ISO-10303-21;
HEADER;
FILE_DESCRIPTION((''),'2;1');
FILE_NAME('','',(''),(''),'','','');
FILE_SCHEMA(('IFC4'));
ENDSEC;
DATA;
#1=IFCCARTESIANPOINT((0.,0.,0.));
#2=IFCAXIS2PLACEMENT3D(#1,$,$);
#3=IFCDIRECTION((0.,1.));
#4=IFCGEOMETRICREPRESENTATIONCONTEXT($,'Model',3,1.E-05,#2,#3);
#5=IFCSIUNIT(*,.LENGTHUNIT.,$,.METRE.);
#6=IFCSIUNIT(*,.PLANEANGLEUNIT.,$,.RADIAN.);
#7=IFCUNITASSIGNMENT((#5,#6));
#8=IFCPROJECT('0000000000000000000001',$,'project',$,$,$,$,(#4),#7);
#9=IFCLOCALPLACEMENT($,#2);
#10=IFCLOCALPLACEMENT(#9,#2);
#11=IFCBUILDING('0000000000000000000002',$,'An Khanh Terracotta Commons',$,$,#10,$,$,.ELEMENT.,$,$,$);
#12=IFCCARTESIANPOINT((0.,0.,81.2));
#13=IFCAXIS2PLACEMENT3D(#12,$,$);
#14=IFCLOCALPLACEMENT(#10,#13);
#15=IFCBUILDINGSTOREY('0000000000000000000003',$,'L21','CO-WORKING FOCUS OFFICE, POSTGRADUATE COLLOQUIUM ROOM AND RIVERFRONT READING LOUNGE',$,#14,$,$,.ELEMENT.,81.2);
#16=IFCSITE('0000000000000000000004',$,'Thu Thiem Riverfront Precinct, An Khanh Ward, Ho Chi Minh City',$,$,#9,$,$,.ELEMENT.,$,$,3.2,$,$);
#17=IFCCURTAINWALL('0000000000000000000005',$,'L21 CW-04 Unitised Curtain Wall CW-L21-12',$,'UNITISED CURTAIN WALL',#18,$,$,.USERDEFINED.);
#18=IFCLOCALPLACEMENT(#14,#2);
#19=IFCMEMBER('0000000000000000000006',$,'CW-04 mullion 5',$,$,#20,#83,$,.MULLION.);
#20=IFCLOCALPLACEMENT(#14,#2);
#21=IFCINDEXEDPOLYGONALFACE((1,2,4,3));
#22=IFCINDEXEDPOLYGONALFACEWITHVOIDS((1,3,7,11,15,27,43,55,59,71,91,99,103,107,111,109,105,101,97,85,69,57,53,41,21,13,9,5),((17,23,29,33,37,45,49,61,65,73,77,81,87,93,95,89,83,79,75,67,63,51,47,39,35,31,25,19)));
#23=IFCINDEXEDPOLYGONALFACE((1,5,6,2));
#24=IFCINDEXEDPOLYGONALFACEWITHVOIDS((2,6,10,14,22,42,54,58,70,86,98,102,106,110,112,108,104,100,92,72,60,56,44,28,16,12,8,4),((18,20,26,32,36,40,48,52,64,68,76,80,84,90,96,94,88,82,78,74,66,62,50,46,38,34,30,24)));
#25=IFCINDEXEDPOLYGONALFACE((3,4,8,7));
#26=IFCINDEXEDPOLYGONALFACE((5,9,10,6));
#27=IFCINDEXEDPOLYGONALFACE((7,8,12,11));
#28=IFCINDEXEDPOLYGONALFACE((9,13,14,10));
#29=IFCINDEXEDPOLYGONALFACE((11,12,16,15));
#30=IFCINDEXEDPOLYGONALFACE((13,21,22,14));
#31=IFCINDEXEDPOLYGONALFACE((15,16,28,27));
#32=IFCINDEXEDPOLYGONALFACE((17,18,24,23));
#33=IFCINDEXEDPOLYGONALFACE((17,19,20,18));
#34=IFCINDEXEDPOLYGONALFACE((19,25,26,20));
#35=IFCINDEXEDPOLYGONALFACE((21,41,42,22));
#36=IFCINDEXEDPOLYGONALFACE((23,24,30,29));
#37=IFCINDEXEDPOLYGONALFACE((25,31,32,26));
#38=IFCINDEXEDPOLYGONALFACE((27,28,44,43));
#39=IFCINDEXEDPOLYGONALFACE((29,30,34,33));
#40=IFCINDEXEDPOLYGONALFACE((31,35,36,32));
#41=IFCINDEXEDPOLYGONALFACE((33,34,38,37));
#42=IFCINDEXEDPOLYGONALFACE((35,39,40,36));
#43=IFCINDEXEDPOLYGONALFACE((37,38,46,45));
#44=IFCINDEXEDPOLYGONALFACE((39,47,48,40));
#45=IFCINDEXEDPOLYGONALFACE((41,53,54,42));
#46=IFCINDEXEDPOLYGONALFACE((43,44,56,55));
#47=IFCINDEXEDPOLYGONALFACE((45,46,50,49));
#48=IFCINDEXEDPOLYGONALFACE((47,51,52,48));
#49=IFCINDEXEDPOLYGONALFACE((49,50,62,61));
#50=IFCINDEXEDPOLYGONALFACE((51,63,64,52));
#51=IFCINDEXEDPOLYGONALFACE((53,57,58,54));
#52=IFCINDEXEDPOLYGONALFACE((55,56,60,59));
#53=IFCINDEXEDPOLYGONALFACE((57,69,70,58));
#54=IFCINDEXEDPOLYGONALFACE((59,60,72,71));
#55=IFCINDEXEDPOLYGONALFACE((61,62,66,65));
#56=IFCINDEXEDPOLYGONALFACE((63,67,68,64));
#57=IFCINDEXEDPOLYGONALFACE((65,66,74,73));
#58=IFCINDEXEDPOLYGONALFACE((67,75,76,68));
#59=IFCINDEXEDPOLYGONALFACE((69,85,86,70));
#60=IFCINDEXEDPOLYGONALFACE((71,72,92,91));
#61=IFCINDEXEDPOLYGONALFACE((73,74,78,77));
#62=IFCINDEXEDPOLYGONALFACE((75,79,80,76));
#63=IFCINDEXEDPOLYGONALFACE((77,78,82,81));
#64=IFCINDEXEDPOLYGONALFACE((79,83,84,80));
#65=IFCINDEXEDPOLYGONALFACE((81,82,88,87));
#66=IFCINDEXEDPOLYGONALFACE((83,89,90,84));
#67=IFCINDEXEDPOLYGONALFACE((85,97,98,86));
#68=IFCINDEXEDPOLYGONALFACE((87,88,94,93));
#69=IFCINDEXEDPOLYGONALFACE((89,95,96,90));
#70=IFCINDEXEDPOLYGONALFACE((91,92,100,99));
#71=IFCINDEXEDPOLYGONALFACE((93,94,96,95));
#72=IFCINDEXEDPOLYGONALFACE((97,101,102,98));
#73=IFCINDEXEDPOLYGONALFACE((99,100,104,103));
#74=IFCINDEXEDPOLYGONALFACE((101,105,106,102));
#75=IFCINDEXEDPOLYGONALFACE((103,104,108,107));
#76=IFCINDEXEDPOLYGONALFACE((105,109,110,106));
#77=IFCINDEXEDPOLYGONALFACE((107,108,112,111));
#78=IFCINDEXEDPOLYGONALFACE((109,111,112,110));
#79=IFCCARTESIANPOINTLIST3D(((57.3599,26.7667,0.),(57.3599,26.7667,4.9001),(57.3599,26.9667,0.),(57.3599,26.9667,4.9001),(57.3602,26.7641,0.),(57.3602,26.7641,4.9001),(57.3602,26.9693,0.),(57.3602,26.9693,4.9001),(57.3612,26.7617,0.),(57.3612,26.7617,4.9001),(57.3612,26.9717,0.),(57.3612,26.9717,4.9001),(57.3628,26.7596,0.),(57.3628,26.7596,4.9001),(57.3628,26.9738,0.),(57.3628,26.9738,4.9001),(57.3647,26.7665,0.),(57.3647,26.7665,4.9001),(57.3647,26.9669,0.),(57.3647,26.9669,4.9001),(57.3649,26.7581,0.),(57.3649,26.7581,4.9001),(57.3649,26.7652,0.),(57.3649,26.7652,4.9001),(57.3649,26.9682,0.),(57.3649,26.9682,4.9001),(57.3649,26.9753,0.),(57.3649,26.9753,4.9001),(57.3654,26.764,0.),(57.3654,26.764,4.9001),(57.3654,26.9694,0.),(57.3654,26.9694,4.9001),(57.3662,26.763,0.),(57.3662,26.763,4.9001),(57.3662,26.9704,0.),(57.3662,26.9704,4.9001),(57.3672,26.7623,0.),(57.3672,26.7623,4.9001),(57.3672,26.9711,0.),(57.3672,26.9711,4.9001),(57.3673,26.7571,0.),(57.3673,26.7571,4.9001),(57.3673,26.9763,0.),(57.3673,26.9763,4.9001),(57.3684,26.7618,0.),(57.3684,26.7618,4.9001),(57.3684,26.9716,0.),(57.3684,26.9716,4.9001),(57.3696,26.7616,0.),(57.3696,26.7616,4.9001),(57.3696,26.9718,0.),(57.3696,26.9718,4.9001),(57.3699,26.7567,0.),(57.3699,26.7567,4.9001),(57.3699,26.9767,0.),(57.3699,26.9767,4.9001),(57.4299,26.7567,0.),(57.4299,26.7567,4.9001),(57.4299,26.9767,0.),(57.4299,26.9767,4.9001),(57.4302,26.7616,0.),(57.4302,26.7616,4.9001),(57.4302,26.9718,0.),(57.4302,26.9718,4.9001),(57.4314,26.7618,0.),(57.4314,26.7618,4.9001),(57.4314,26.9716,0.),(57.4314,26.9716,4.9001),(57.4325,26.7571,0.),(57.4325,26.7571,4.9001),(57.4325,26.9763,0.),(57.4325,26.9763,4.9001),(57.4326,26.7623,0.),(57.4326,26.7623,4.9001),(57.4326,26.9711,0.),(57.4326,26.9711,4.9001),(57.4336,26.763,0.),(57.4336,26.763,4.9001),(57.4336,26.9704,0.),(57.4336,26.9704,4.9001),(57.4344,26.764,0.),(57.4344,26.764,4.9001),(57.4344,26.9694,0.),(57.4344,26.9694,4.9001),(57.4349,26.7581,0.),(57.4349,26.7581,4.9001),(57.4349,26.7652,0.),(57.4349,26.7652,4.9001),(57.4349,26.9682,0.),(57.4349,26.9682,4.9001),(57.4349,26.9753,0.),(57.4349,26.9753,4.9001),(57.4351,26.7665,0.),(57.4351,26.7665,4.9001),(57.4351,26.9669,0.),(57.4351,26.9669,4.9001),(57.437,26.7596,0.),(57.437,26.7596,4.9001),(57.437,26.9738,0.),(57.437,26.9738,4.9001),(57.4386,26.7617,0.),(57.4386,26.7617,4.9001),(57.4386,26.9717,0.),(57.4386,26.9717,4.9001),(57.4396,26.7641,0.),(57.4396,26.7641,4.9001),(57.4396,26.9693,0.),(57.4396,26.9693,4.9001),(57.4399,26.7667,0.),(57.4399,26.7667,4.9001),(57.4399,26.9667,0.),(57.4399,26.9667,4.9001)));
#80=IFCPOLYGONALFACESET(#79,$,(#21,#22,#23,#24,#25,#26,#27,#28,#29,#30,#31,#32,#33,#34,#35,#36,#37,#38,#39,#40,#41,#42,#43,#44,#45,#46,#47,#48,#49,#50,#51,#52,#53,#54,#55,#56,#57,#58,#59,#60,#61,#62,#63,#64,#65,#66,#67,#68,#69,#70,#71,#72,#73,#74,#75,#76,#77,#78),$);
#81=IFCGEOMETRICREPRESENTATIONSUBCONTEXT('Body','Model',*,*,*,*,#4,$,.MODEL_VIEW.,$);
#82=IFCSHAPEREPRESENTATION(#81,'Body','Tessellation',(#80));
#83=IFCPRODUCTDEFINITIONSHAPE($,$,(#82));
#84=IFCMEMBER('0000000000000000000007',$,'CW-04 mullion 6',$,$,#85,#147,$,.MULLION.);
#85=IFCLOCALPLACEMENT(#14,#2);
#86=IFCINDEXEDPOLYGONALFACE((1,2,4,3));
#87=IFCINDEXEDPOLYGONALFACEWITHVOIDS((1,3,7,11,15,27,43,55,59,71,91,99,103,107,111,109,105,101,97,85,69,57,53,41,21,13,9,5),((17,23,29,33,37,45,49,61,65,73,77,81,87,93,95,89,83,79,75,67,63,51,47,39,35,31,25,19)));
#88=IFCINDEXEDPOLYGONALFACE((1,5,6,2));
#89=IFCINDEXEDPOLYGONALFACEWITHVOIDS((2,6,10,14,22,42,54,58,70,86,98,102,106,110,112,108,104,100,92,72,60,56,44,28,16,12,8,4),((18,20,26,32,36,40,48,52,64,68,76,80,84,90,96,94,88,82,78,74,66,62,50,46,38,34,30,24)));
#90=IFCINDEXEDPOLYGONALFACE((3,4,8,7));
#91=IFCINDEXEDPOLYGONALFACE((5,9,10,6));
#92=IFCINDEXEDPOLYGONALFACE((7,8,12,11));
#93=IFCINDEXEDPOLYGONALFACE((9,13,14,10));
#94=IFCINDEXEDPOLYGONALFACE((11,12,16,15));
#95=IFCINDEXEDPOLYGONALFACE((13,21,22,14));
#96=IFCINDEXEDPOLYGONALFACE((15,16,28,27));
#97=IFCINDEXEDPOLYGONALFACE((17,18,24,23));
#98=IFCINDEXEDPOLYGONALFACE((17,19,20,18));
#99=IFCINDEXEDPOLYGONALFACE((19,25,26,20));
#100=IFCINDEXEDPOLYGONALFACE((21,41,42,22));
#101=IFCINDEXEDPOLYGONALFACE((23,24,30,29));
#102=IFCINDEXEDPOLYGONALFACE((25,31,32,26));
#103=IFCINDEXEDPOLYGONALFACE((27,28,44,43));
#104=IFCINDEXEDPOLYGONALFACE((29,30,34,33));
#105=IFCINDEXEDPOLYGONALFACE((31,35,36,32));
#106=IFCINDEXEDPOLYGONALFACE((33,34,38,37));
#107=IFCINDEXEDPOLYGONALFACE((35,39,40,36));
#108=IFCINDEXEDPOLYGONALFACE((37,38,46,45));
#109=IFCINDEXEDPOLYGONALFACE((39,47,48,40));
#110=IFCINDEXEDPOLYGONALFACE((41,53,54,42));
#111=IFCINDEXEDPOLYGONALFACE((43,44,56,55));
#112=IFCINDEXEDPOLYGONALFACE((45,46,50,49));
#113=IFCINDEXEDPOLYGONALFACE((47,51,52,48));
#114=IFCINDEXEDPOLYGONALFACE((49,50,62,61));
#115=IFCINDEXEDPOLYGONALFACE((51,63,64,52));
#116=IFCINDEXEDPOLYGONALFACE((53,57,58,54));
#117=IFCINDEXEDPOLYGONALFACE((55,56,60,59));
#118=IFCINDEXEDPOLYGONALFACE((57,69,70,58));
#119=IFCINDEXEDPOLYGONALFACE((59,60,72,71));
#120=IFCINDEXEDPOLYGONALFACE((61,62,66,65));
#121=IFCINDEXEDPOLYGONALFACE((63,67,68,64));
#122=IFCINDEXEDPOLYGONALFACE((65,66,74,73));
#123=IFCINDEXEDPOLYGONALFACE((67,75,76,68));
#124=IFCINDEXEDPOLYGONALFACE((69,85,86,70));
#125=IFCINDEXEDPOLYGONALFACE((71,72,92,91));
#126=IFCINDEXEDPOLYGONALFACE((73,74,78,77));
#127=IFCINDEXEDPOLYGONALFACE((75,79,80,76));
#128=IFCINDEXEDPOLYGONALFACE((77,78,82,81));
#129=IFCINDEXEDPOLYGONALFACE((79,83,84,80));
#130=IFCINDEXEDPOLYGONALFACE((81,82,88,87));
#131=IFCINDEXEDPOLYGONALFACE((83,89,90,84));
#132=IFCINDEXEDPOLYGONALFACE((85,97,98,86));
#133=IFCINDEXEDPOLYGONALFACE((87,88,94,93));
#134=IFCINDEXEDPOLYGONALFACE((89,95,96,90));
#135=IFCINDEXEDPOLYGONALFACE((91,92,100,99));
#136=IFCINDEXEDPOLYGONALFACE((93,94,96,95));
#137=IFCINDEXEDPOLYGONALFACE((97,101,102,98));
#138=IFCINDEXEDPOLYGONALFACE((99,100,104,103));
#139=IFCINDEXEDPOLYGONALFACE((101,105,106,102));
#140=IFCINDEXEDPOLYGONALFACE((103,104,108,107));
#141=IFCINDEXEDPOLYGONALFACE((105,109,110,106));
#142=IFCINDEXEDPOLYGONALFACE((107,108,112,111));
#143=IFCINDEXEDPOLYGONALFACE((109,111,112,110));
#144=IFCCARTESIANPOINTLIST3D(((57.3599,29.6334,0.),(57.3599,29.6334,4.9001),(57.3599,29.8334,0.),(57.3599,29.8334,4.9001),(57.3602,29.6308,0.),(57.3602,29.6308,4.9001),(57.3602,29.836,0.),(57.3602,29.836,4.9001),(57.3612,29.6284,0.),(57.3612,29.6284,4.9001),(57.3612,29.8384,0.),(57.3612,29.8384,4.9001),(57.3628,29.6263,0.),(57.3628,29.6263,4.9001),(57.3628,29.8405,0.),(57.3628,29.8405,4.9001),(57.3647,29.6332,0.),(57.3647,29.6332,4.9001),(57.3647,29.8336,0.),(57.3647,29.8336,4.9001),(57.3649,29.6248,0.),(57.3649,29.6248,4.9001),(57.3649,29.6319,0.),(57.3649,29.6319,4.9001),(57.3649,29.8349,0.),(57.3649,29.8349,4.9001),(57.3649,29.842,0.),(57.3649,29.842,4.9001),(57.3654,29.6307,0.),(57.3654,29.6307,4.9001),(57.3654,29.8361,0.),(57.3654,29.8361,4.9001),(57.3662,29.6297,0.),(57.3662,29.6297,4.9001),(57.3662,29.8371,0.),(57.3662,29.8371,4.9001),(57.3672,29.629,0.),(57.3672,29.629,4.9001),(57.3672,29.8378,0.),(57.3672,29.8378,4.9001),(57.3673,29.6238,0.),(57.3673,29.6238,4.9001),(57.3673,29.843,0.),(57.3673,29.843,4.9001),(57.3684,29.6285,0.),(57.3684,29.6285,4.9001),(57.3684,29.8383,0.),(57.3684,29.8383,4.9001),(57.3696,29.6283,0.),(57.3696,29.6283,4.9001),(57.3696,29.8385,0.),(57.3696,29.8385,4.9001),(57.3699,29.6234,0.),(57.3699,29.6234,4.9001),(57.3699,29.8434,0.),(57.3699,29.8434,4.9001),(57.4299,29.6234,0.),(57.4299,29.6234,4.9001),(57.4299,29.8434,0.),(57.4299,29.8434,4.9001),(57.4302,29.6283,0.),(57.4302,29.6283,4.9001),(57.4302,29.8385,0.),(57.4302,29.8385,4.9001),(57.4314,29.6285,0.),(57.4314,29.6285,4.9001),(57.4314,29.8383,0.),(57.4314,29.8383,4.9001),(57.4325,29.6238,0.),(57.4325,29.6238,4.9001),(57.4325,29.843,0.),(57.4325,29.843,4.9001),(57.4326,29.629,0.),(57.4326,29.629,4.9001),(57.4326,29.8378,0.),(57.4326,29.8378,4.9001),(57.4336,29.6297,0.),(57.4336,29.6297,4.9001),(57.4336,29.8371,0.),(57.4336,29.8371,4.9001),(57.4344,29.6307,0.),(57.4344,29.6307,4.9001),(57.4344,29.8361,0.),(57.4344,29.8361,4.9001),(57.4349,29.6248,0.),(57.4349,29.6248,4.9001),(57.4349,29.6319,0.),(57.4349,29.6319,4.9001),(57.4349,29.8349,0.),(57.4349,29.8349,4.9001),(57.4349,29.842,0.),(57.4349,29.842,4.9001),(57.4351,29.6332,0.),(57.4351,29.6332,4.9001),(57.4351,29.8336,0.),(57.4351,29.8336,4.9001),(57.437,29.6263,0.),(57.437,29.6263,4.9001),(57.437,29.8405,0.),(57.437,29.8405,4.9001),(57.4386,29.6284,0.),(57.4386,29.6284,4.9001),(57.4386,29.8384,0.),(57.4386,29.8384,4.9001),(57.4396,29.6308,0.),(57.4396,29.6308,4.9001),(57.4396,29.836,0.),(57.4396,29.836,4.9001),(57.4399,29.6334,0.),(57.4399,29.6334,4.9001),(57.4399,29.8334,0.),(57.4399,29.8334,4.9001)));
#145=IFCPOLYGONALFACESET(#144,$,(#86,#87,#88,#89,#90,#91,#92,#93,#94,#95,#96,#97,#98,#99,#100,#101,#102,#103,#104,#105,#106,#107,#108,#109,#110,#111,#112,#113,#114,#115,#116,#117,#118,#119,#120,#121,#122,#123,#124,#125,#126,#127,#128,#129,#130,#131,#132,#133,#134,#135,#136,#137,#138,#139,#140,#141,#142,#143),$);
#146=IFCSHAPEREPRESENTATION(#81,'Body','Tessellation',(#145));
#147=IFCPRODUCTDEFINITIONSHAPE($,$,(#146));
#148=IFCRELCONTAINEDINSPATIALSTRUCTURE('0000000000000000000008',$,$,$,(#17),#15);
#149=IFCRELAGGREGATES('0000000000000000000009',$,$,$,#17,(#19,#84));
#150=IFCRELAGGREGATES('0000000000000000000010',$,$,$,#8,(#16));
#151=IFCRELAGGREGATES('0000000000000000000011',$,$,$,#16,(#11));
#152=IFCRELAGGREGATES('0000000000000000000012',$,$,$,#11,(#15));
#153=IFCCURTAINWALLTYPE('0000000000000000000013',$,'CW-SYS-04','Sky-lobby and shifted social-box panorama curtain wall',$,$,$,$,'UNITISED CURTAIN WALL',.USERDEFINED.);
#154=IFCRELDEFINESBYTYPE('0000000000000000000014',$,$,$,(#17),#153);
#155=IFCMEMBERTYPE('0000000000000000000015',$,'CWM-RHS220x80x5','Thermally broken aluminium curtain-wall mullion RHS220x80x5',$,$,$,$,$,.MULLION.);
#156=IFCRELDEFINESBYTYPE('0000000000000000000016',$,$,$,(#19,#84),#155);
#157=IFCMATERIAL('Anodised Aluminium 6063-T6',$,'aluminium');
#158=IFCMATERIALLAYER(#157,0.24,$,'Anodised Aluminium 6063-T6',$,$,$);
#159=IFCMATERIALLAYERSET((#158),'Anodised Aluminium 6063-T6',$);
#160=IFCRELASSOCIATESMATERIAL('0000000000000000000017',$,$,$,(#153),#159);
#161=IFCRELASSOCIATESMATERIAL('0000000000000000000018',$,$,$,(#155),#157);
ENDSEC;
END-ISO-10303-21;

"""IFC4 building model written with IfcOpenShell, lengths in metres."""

from ifc_helpers import new_model, si_unit, direction, frame, origin, origin_2d, place, context, subcontext, project, spatial, hollow_rectangle, extrude, material, layer, layer_set, material_profile, profile_set, type_object, element, aggregate, save


model = new_model("IFC4")

# Units and contexts
model_context = context("Model", 3, precision=1e-05, world=origin(), true_north=direction((0.0, 1.0)))
body_context = subcontext(model_context, "Body", "Model", "MODEL_VIEW")
ifc_project = project(units=[si_unit("LENGTHUNIT", "METRE"), si_unit("PLANEANGLEUNIT", "RADIAN")], contexts=[model_context])

# Site, building, storey
site_placement = place(None, origin())
site = spatial("IfcSite", under=ifc_project, at=site_placement, Name="Thu Thiem Riverfront Precinct, An Khanh Ward, Ho Chi Minh City", CompositionType="ELEMENT", RefElevation=3.2)
building_placement = place(site_placement, origin())
building = spatial("IfcBuilding", under=site, at=building_placement, Name="An Khanh Terracotta Commons", CompositionType="ELEMENT")
storey_placement = place(building_placement, frame((0.0, 0.0, 81.2)))
storey = spatial("IfcBuildingStorey", under=building, at=storey_placement, Name="L21", Description="CO-WORKING FOCUS OFFICE, POSTGRADUATE COLLOQUIUM ROOM AND RIVERFRONT READING LOUNGE", CompositionType="ELEMENT", Elevation=81.2)

# Curtain wall, members
ifc_material_1 = material(Name="Anodised Aluminium 6063-T6", Category="aluminium")
ifc_layer_1 = layer(ifc_material_1, 0.24, Name="Anodised Aluminium 6063-T6")
ifc_layer_set_1 = layer_set([ifc_layer_1], Name="Anodised Aluminium 6063-T6")
curtain_wall_type = type_object("IfcCurtainWallType", Name="CW-SYS-04", Description="Sky-lobby and shifted social-box panorama curtain wall", ElementType="UNITISED CURTAIN WALL", PredefinedType="USERDEFINED", material=ifc_layer_set_1)
curtain_wall_1_placement = place(storey_placement, origin())
curtain_wall_1 = element("IfcCurtainWall", 1, at=curtain_wall_1_placement, inside=storey, type_object=curtain_wall_type, Name="L21 CW-04 Unitised Curtain Wall CW-L21-12", ObjectType="UNITISED CURTAIN WALL", PredefinedType="USERDEFINED")
ifc_material_profile_1 = material_profile(ifc_material_1, hollow_rectangle(XDim=0.0801, YDim=0.22, WallThickness=0.0049, InnerFilletRadius=0.0049, OuterFilletRadius=0.01, at=origin_2d()), Name="RHS220x80x5")
ifc_profile_set_1 = profile_set([ifc_material_profile_1], Name="Anodised Aluminium 6063-T6")
member_type_1 = type_object("IfcMemberType", Name="CWM-RHS220x80x5", Description="Thermally broken aluminium curtain-wall mullion RHS220x80x5", PredefinedType="MULLION", material=ifc_profile_set_1)
member_1_placement = place(storey_placement, frame((57.3999, 26.8667, 0.0), z_axis=(0.0, 0.0, 1.0), x_axis=(-1.0, 0.0, 0.0)))
member_1 = element("IfcMember", 2, at=member_1_placement, type_object=member_type_1, Name="CW-04 mullion 5", PredefinedType="MULLION", context=body_context, shape_type="SweptSolid", body=[
    extrude(hollow_rectangle(XDim=0.0801, YDim=0.22, WallThickness=0.0049, InnerFilletRadius=0.0049, OuterFilletRadius=0.01, at=origin_2d()), origin(), (0.0, 0.0, 1.0), 4.9001),
])
member_2_placement = place(storey_placement, frame((57.3999, 29.7334, 0.0), z_axis=(0.0, 0.0, 1.0), x_axis=(-1.0, 0.0, 0.0)))
member_2 = element("IfcMember", 3, at=member_2_placement, type_object=member_type_1, Name="CW-04 mullion 6", PredefinedType="MULLION", context=body_context, shape_type="SweptSolid", body=[
    extrude(hollow_rectangle(XDim=0.0801, YDim=0.22, WallThickness=0.0049, InnerFilletRadius=0.0049, OuterFilletRadius=0.01, at=origin_2d()), origin(), (0.0, 0.0, 1.0), 4.9001),
])

aggregate(curtain_wall_1, [member_1, member_2])

save(model, "model.ifc")
